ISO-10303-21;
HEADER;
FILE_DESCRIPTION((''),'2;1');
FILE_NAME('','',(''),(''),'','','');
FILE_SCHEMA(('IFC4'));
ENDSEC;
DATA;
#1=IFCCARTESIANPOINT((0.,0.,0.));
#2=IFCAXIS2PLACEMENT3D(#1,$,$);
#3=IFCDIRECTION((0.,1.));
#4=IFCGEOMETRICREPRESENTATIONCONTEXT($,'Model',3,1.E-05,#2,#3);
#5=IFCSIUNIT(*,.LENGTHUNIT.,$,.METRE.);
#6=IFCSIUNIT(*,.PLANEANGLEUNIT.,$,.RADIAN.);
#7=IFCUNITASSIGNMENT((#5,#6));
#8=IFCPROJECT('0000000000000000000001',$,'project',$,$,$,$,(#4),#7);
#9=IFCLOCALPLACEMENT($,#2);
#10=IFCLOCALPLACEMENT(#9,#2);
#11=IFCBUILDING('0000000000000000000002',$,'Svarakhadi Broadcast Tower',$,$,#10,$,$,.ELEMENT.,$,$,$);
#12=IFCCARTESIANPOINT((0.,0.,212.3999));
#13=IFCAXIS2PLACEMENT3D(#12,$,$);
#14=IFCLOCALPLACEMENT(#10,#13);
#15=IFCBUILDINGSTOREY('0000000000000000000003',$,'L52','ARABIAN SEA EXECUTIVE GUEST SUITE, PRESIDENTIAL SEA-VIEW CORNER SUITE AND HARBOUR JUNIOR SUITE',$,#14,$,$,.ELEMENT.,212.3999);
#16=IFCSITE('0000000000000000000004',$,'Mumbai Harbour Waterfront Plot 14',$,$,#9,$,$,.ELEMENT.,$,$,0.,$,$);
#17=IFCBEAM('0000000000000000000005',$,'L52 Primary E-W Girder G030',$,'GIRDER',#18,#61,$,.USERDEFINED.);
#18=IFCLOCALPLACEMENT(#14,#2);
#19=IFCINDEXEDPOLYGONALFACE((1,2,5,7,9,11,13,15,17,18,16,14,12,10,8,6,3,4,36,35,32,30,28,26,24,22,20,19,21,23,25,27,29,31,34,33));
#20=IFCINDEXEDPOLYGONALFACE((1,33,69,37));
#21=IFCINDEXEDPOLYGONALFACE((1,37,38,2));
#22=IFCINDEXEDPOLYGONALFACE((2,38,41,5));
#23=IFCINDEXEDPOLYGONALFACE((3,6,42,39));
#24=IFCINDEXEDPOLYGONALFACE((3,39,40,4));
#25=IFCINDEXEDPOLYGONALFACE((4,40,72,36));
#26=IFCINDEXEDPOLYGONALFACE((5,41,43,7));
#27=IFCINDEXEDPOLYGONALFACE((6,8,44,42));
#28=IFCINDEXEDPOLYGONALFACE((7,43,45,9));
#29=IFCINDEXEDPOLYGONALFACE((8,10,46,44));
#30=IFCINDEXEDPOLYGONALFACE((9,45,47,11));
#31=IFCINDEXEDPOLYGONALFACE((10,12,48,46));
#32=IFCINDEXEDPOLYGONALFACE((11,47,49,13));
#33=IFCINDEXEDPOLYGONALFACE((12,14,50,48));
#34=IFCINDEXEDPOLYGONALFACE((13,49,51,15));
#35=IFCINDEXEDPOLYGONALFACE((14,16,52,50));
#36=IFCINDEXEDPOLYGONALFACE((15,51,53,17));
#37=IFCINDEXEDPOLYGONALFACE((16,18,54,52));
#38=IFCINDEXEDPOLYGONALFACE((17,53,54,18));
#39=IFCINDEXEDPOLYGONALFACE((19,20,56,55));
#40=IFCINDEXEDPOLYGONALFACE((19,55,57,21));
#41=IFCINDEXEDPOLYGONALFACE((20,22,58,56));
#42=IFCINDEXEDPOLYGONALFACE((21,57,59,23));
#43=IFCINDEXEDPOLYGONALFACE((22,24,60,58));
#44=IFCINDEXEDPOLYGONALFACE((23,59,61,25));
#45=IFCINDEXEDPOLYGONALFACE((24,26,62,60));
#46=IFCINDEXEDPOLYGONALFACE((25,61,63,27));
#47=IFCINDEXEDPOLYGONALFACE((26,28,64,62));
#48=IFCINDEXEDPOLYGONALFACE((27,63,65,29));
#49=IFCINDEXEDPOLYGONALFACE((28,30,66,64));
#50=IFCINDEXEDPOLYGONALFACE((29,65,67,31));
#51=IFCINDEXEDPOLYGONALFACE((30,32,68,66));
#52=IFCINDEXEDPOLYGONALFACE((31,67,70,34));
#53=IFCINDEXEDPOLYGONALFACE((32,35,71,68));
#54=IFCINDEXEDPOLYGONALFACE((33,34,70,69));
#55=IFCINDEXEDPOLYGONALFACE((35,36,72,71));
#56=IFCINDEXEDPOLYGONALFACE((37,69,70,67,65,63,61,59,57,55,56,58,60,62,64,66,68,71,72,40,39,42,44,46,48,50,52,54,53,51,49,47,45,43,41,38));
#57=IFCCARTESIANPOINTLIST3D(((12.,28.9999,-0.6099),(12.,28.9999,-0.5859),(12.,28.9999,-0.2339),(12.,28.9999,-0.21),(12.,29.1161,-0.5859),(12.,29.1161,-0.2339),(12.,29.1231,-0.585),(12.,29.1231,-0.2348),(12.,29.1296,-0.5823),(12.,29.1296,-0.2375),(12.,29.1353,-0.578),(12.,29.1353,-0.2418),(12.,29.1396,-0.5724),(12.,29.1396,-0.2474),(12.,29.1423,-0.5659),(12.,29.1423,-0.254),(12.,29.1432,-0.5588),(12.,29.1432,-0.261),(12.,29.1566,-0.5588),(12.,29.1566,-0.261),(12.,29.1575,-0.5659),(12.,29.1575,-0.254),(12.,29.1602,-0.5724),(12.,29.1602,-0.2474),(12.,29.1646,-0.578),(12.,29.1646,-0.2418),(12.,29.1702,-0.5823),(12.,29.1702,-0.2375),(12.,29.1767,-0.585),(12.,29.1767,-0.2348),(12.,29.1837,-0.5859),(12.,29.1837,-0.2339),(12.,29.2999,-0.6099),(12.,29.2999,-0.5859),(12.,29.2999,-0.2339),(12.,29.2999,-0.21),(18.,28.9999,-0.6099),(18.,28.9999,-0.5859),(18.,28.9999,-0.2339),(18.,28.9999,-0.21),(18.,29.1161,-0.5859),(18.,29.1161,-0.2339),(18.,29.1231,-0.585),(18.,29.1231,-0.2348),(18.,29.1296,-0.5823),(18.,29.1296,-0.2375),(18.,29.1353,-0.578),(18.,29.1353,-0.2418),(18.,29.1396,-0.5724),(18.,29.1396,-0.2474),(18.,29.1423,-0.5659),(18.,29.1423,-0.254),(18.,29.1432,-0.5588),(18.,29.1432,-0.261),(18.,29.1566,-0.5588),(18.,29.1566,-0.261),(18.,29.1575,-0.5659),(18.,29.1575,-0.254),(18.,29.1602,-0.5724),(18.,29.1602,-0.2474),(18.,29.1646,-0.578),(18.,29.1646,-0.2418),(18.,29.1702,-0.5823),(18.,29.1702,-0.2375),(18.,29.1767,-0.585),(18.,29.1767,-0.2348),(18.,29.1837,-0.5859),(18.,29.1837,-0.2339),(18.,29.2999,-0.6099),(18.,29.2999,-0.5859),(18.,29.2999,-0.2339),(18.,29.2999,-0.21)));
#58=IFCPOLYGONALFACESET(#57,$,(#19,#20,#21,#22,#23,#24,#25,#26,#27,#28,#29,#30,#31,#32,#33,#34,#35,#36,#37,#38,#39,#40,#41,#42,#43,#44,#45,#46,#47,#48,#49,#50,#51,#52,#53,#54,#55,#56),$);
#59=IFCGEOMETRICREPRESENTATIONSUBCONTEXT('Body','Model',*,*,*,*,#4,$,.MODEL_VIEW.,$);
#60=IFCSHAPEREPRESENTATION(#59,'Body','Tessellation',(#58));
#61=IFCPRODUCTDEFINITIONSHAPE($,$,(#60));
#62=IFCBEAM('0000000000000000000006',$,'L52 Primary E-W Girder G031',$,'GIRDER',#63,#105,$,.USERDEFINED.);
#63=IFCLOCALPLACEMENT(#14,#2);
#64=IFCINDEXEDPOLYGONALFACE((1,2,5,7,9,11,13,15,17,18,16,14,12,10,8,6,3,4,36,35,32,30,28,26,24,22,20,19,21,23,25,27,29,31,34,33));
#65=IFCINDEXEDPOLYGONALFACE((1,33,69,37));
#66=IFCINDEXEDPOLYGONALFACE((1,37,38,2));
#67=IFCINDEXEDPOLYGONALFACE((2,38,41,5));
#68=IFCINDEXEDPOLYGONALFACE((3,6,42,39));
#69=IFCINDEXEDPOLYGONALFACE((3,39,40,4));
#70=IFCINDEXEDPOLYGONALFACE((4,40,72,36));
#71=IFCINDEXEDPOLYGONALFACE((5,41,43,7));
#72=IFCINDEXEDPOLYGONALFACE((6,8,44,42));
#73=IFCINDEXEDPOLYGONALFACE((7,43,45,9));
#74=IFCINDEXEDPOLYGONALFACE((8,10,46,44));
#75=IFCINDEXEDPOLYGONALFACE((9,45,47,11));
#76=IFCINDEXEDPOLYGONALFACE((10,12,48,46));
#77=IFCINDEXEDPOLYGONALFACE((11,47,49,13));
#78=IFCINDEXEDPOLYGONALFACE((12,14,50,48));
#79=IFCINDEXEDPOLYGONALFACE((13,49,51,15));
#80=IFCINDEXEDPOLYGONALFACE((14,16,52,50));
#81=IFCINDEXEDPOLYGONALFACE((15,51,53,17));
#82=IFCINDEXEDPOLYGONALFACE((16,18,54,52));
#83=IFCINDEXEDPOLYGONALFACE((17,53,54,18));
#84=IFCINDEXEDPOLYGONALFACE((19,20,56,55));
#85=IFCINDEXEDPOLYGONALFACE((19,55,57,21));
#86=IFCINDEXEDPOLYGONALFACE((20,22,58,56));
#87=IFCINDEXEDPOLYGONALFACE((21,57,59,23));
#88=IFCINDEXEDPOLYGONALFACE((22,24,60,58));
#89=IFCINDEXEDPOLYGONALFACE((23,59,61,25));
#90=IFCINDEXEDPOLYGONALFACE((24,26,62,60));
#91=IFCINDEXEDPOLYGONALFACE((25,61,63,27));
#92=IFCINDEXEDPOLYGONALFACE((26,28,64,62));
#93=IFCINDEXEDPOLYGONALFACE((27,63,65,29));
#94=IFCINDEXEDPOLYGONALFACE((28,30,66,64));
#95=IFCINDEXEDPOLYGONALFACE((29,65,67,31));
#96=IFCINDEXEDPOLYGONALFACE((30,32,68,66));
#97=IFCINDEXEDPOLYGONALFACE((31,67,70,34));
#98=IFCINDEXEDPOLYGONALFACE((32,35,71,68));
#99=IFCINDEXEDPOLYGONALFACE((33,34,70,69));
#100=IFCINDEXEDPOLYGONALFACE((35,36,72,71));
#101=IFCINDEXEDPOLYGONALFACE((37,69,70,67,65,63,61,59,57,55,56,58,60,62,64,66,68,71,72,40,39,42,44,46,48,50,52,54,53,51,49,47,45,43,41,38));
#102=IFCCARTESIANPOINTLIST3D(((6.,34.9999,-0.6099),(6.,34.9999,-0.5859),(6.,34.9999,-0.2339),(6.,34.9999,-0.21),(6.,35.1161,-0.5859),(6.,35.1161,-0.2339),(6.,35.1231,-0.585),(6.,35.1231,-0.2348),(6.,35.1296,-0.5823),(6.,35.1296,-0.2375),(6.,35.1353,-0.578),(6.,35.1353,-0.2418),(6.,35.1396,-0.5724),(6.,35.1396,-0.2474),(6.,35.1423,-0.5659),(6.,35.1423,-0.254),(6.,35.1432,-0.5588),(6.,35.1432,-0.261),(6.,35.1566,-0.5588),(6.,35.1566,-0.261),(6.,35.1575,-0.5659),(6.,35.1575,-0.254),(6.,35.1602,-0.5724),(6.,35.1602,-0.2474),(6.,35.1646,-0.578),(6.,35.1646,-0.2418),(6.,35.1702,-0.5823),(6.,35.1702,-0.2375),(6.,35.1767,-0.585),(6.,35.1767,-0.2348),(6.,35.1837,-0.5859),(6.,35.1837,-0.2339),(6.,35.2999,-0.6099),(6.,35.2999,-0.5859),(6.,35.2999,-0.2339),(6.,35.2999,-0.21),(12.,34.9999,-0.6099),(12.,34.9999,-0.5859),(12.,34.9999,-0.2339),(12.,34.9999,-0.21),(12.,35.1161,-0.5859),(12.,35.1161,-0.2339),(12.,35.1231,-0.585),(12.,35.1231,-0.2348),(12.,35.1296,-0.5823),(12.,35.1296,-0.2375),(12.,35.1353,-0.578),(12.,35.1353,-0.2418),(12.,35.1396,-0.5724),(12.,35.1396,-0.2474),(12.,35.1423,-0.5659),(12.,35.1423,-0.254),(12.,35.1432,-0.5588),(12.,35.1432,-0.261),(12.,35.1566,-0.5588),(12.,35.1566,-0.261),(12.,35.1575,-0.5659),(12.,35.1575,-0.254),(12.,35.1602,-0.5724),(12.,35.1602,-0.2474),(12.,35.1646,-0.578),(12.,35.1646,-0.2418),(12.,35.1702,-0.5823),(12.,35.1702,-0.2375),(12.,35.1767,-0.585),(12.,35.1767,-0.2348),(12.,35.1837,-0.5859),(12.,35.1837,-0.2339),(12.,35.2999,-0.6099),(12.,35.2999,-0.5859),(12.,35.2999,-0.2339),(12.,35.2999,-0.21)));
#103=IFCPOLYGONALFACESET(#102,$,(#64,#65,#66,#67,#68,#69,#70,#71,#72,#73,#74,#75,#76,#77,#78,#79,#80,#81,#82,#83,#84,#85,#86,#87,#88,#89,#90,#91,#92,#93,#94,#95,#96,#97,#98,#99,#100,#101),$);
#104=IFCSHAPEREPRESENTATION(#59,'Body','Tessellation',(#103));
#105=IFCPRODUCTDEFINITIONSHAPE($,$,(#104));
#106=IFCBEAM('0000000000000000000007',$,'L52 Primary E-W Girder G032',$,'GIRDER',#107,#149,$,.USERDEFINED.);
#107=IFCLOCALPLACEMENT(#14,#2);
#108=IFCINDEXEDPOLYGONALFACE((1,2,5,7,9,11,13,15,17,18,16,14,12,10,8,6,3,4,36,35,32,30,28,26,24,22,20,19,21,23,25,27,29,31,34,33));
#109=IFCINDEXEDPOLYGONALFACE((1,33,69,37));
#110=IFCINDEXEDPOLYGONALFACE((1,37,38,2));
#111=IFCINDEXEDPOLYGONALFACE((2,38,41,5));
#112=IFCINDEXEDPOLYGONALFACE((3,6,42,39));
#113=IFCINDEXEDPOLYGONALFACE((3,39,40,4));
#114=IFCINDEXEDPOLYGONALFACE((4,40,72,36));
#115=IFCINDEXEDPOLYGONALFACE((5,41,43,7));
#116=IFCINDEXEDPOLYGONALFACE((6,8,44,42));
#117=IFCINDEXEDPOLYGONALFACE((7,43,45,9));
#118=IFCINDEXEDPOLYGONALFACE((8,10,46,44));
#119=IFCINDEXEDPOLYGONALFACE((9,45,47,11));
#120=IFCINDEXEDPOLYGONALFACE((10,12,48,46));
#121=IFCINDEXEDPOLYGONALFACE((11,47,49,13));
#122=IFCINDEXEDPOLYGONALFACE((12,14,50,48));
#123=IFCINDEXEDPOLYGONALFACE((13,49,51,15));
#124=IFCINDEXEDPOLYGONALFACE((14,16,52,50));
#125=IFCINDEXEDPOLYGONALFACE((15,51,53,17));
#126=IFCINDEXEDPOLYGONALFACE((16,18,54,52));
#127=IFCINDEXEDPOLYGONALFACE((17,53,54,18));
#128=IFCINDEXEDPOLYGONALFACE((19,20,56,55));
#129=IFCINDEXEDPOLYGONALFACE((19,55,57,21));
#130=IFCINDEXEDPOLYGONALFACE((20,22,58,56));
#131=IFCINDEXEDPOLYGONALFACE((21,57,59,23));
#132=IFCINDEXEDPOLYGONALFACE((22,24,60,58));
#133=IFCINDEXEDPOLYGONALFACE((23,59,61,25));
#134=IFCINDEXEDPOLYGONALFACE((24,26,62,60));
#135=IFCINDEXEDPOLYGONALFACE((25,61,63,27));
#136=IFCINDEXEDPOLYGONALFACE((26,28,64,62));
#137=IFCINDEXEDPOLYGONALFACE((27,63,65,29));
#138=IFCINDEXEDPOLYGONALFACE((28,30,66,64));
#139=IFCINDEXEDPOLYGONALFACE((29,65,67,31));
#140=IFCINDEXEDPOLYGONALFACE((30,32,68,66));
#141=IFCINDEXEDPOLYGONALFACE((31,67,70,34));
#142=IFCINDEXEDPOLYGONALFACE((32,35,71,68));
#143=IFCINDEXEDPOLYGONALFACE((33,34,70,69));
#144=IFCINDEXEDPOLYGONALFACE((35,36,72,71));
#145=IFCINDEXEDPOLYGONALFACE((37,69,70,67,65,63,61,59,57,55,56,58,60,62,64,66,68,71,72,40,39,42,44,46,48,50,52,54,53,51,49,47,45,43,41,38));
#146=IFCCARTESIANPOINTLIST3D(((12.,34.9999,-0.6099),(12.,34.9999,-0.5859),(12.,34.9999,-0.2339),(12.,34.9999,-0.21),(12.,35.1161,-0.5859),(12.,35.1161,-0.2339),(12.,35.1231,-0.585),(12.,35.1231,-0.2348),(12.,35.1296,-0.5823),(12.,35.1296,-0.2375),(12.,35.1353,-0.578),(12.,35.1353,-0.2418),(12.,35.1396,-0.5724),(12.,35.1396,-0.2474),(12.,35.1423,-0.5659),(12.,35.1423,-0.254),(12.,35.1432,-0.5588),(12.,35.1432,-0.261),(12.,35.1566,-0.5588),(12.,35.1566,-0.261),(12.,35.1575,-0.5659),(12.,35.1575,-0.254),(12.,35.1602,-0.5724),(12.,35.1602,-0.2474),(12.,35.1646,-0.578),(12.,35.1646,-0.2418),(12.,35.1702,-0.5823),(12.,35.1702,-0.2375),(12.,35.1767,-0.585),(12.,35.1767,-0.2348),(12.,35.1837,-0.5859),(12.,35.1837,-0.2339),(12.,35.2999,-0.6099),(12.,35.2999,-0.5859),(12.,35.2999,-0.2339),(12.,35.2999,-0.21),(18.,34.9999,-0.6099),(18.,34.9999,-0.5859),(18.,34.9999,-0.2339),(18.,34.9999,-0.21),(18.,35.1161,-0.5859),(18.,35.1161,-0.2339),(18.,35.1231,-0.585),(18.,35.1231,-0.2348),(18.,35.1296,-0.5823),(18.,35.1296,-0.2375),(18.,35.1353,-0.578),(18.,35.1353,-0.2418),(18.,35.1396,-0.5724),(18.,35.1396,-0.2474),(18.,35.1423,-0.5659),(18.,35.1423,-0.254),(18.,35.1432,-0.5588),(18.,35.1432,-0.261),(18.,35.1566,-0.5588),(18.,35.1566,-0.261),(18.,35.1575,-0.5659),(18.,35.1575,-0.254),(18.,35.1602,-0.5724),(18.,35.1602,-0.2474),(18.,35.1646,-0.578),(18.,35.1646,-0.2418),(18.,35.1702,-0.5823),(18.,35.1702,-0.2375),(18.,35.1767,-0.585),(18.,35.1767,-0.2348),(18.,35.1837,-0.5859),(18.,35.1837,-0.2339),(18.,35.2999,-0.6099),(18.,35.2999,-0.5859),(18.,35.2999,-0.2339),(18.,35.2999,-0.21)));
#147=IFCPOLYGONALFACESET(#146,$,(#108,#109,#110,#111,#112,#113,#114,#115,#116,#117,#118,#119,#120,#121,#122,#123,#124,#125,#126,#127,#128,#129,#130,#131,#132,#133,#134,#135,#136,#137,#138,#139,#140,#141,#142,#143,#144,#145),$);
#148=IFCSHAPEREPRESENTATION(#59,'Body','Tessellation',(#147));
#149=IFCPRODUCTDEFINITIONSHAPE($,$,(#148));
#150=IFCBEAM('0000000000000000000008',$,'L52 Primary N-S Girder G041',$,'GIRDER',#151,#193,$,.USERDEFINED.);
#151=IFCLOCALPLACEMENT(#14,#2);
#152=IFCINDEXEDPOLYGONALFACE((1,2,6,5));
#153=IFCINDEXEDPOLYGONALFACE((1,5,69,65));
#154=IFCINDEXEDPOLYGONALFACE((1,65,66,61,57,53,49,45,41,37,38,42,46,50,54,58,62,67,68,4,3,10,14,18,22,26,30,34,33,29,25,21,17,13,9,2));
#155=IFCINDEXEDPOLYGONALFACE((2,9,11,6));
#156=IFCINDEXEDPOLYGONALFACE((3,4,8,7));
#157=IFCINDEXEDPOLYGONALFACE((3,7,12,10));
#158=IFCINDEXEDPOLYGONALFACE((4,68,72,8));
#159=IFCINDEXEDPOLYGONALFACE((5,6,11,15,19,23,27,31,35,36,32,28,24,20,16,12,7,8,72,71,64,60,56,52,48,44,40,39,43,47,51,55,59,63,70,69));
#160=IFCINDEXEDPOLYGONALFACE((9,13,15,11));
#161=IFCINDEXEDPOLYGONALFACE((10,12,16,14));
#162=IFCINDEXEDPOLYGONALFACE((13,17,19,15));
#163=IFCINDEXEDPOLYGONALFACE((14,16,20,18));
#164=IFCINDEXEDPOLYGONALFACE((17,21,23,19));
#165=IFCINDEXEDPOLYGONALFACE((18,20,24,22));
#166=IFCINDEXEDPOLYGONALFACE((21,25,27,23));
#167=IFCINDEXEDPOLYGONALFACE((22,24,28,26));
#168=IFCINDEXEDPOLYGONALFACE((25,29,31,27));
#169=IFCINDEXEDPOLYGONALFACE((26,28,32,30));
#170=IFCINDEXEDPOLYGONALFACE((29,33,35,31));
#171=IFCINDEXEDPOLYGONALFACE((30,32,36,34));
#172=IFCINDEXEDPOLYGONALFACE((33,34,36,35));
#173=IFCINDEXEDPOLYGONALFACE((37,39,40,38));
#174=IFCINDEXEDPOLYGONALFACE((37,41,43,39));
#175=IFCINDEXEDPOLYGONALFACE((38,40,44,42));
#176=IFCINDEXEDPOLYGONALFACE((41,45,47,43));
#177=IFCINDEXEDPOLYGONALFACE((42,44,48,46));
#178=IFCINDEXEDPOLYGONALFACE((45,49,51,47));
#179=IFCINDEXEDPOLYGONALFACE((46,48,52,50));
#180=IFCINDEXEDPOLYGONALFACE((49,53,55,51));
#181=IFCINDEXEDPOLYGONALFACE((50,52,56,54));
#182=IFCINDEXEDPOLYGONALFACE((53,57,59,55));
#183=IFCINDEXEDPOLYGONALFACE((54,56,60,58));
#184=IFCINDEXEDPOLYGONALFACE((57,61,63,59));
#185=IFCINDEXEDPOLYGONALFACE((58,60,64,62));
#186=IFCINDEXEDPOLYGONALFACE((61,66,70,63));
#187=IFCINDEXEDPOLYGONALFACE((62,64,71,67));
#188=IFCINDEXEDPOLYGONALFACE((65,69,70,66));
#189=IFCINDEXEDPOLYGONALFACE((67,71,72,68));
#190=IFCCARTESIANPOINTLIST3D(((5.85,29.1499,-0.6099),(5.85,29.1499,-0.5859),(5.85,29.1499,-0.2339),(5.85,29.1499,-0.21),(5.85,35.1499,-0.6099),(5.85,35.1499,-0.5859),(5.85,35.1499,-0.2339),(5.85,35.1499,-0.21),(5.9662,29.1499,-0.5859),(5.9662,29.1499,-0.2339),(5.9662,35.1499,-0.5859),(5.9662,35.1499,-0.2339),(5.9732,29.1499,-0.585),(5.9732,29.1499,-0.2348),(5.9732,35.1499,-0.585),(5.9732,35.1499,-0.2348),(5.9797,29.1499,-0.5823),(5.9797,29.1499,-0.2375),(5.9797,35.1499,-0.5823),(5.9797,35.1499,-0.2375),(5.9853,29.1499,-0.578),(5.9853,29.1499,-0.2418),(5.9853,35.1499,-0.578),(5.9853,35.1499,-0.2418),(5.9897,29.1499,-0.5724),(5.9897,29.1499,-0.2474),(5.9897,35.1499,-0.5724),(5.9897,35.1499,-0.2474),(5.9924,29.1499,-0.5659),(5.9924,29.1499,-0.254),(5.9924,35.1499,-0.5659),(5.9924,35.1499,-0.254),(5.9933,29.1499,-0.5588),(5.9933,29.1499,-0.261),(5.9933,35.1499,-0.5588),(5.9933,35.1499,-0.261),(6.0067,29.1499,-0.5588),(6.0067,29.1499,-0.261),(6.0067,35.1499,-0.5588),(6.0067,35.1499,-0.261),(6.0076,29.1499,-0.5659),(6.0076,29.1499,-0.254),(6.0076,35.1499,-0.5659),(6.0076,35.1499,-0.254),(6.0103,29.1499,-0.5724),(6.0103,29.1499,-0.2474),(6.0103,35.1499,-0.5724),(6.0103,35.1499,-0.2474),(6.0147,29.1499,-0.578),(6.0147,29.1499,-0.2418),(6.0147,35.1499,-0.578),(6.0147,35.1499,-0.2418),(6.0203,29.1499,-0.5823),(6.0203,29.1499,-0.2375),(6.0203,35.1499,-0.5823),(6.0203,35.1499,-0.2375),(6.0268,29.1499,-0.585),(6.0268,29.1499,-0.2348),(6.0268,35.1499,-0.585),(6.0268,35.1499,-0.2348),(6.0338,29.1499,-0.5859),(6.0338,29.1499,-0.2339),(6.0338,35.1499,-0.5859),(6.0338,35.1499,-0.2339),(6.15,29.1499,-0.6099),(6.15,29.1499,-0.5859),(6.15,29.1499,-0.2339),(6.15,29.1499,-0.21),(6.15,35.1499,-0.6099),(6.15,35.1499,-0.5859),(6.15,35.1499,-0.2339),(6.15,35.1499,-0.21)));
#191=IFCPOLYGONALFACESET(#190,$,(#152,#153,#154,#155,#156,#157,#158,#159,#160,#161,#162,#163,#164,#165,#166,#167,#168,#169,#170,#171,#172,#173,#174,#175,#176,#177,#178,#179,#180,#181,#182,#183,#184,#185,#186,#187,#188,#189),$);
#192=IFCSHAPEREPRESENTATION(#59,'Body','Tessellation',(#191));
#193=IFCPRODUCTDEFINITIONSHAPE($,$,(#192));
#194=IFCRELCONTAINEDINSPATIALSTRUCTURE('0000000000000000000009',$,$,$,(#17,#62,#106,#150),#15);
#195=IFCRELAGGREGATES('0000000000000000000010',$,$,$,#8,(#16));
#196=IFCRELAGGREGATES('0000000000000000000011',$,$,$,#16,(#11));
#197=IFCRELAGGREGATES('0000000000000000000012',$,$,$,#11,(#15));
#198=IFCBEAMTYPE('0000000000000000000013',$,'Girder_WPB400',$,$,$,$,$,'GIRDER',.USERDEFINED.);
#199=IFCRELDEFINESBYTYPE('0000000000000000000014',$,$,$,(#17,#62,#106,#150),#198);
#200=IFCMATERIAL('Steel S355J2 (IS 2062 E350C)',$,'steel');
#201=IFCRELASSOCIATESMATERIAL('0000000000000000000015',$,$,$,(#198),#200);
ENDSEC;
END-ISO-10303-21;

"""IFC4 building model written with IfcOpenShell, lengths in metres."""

from ifc_helpers import new_model, si_unit, direction, frame, origin, origin_2d, place, context, subcontext, project, spatial, i_section, extrude, material, material_profile, profile_set, type_object, element, save


model = new_model("IFC4")

# Units and contexts
model_context = context("Model", 3, precision=1e-05, world=origin(), true_north=direction((0.0, 1.0)))
body_context = subcontext(model_context, "Body", "Model", "MODEL_VIEW")
ifc_project = project(units=[si_unit("LENGTHUNIT", "METRE"), si_unit("PLANEANGLEUNIT", "RADIAN")], contexts=[model_context])

# Site, building, storey
site_placement = place(None, origin())
site = spatial("IfcSite", under=ifc_project, at=site_placement, Name="Mumbai Harbour Waterfront Plot 14", CompositionType="ELEMENT", RefElevation=0.0)
building_placement = place(site_placement, origin())
building = spatial("IfcBuilding", under=site, at=building_placement, Name="Svarakhadi Broadcast Tower", CompositionType="ELEMENT")
storey_placement = place(building_placement, frame((0.0, 0.0, 212.3999)))
storey = spatial("IfcBuildingStorey", under=building, at=storey_placement, Name="L52", Description="ARABIAN SEA EXECUTIVE GUEST SUITE, PRESIDENTIAL SEA-VIEW CORNER SUITE AND HARBOUR JUNIOR SUITE", CompositionType="ELEMENT", Elevation=212.3999)

# Shared definitions
ifc_material_1 = material(Name="Steel S355J2 (IS 2062 E350C)", Category="steel")

# Beams
ifc_material_profile_1 = material_profile(ifc_material_1, i_section(OverallWidth=0.3, OverallDepth=0.3999, WebThickness=0.0134, FlangeThickness=0.0239, FilletRadius=0.0271, at=origin_2d()), Name="WPB 400x300x155")
ifc_profile_set_1 = profile_set([ifc_material_profile_1], Name="Steel S355J2 (IS 2062 E350C)")
beam_type_1 = type_object("IfcBeamType", Name="Girder_WPB400", ElementType="GIRDER", PredefinedType="USERDEFINED", material=ifc_profile_set_1)
for number, where, z_axis, x_axis, name in (
    (1, (12.0, 29.1499, -0.4099), (1.0, 0.0, 0.0), (0.0, 1.0, 0.0), "L52 Primary E-W Girder G030"),
    (2, (6.0, 35.1499, -0.4099), (1.0, 0.0, 0.0), (0.0, 1.0, 0.0), "L52 Primary E-W Girder G031"),
    (3, (12.0, 35.1499, -0.4099), (1.0, 0.0, 0.0), (0.0, 1.0, 0.0), "L52 Primary E-W Girder G032"),
    (4, (6.0, 29.1499, -0.4099), (0.0, 1.0, 0.0), (-1.0, 0.0, 0.0), "L52 Primary N-S Girder G041"),
):
    element("IfcBeam", number, at=place(storey_placement, frame(where, z_axis=z_axis, x_axis=x_axis)), inside=storey, type_object=beam_type_1, Name=name, ObjectType="GIRDER", PredefinedType="USERDEFINED", context=body_context, shape_type="SweptSolid", body=[
        extrude(i_section(OverallWidth=0.3, OverallDepth=0.3999, WebThickness=0.0134, FlangeThickness=0.0239, FilletRadius=0.0271, at=origin_2d()), origin(), (0.0, 0.0, 1.0), 6.0),
    ])

save(model, "model.ifc")
